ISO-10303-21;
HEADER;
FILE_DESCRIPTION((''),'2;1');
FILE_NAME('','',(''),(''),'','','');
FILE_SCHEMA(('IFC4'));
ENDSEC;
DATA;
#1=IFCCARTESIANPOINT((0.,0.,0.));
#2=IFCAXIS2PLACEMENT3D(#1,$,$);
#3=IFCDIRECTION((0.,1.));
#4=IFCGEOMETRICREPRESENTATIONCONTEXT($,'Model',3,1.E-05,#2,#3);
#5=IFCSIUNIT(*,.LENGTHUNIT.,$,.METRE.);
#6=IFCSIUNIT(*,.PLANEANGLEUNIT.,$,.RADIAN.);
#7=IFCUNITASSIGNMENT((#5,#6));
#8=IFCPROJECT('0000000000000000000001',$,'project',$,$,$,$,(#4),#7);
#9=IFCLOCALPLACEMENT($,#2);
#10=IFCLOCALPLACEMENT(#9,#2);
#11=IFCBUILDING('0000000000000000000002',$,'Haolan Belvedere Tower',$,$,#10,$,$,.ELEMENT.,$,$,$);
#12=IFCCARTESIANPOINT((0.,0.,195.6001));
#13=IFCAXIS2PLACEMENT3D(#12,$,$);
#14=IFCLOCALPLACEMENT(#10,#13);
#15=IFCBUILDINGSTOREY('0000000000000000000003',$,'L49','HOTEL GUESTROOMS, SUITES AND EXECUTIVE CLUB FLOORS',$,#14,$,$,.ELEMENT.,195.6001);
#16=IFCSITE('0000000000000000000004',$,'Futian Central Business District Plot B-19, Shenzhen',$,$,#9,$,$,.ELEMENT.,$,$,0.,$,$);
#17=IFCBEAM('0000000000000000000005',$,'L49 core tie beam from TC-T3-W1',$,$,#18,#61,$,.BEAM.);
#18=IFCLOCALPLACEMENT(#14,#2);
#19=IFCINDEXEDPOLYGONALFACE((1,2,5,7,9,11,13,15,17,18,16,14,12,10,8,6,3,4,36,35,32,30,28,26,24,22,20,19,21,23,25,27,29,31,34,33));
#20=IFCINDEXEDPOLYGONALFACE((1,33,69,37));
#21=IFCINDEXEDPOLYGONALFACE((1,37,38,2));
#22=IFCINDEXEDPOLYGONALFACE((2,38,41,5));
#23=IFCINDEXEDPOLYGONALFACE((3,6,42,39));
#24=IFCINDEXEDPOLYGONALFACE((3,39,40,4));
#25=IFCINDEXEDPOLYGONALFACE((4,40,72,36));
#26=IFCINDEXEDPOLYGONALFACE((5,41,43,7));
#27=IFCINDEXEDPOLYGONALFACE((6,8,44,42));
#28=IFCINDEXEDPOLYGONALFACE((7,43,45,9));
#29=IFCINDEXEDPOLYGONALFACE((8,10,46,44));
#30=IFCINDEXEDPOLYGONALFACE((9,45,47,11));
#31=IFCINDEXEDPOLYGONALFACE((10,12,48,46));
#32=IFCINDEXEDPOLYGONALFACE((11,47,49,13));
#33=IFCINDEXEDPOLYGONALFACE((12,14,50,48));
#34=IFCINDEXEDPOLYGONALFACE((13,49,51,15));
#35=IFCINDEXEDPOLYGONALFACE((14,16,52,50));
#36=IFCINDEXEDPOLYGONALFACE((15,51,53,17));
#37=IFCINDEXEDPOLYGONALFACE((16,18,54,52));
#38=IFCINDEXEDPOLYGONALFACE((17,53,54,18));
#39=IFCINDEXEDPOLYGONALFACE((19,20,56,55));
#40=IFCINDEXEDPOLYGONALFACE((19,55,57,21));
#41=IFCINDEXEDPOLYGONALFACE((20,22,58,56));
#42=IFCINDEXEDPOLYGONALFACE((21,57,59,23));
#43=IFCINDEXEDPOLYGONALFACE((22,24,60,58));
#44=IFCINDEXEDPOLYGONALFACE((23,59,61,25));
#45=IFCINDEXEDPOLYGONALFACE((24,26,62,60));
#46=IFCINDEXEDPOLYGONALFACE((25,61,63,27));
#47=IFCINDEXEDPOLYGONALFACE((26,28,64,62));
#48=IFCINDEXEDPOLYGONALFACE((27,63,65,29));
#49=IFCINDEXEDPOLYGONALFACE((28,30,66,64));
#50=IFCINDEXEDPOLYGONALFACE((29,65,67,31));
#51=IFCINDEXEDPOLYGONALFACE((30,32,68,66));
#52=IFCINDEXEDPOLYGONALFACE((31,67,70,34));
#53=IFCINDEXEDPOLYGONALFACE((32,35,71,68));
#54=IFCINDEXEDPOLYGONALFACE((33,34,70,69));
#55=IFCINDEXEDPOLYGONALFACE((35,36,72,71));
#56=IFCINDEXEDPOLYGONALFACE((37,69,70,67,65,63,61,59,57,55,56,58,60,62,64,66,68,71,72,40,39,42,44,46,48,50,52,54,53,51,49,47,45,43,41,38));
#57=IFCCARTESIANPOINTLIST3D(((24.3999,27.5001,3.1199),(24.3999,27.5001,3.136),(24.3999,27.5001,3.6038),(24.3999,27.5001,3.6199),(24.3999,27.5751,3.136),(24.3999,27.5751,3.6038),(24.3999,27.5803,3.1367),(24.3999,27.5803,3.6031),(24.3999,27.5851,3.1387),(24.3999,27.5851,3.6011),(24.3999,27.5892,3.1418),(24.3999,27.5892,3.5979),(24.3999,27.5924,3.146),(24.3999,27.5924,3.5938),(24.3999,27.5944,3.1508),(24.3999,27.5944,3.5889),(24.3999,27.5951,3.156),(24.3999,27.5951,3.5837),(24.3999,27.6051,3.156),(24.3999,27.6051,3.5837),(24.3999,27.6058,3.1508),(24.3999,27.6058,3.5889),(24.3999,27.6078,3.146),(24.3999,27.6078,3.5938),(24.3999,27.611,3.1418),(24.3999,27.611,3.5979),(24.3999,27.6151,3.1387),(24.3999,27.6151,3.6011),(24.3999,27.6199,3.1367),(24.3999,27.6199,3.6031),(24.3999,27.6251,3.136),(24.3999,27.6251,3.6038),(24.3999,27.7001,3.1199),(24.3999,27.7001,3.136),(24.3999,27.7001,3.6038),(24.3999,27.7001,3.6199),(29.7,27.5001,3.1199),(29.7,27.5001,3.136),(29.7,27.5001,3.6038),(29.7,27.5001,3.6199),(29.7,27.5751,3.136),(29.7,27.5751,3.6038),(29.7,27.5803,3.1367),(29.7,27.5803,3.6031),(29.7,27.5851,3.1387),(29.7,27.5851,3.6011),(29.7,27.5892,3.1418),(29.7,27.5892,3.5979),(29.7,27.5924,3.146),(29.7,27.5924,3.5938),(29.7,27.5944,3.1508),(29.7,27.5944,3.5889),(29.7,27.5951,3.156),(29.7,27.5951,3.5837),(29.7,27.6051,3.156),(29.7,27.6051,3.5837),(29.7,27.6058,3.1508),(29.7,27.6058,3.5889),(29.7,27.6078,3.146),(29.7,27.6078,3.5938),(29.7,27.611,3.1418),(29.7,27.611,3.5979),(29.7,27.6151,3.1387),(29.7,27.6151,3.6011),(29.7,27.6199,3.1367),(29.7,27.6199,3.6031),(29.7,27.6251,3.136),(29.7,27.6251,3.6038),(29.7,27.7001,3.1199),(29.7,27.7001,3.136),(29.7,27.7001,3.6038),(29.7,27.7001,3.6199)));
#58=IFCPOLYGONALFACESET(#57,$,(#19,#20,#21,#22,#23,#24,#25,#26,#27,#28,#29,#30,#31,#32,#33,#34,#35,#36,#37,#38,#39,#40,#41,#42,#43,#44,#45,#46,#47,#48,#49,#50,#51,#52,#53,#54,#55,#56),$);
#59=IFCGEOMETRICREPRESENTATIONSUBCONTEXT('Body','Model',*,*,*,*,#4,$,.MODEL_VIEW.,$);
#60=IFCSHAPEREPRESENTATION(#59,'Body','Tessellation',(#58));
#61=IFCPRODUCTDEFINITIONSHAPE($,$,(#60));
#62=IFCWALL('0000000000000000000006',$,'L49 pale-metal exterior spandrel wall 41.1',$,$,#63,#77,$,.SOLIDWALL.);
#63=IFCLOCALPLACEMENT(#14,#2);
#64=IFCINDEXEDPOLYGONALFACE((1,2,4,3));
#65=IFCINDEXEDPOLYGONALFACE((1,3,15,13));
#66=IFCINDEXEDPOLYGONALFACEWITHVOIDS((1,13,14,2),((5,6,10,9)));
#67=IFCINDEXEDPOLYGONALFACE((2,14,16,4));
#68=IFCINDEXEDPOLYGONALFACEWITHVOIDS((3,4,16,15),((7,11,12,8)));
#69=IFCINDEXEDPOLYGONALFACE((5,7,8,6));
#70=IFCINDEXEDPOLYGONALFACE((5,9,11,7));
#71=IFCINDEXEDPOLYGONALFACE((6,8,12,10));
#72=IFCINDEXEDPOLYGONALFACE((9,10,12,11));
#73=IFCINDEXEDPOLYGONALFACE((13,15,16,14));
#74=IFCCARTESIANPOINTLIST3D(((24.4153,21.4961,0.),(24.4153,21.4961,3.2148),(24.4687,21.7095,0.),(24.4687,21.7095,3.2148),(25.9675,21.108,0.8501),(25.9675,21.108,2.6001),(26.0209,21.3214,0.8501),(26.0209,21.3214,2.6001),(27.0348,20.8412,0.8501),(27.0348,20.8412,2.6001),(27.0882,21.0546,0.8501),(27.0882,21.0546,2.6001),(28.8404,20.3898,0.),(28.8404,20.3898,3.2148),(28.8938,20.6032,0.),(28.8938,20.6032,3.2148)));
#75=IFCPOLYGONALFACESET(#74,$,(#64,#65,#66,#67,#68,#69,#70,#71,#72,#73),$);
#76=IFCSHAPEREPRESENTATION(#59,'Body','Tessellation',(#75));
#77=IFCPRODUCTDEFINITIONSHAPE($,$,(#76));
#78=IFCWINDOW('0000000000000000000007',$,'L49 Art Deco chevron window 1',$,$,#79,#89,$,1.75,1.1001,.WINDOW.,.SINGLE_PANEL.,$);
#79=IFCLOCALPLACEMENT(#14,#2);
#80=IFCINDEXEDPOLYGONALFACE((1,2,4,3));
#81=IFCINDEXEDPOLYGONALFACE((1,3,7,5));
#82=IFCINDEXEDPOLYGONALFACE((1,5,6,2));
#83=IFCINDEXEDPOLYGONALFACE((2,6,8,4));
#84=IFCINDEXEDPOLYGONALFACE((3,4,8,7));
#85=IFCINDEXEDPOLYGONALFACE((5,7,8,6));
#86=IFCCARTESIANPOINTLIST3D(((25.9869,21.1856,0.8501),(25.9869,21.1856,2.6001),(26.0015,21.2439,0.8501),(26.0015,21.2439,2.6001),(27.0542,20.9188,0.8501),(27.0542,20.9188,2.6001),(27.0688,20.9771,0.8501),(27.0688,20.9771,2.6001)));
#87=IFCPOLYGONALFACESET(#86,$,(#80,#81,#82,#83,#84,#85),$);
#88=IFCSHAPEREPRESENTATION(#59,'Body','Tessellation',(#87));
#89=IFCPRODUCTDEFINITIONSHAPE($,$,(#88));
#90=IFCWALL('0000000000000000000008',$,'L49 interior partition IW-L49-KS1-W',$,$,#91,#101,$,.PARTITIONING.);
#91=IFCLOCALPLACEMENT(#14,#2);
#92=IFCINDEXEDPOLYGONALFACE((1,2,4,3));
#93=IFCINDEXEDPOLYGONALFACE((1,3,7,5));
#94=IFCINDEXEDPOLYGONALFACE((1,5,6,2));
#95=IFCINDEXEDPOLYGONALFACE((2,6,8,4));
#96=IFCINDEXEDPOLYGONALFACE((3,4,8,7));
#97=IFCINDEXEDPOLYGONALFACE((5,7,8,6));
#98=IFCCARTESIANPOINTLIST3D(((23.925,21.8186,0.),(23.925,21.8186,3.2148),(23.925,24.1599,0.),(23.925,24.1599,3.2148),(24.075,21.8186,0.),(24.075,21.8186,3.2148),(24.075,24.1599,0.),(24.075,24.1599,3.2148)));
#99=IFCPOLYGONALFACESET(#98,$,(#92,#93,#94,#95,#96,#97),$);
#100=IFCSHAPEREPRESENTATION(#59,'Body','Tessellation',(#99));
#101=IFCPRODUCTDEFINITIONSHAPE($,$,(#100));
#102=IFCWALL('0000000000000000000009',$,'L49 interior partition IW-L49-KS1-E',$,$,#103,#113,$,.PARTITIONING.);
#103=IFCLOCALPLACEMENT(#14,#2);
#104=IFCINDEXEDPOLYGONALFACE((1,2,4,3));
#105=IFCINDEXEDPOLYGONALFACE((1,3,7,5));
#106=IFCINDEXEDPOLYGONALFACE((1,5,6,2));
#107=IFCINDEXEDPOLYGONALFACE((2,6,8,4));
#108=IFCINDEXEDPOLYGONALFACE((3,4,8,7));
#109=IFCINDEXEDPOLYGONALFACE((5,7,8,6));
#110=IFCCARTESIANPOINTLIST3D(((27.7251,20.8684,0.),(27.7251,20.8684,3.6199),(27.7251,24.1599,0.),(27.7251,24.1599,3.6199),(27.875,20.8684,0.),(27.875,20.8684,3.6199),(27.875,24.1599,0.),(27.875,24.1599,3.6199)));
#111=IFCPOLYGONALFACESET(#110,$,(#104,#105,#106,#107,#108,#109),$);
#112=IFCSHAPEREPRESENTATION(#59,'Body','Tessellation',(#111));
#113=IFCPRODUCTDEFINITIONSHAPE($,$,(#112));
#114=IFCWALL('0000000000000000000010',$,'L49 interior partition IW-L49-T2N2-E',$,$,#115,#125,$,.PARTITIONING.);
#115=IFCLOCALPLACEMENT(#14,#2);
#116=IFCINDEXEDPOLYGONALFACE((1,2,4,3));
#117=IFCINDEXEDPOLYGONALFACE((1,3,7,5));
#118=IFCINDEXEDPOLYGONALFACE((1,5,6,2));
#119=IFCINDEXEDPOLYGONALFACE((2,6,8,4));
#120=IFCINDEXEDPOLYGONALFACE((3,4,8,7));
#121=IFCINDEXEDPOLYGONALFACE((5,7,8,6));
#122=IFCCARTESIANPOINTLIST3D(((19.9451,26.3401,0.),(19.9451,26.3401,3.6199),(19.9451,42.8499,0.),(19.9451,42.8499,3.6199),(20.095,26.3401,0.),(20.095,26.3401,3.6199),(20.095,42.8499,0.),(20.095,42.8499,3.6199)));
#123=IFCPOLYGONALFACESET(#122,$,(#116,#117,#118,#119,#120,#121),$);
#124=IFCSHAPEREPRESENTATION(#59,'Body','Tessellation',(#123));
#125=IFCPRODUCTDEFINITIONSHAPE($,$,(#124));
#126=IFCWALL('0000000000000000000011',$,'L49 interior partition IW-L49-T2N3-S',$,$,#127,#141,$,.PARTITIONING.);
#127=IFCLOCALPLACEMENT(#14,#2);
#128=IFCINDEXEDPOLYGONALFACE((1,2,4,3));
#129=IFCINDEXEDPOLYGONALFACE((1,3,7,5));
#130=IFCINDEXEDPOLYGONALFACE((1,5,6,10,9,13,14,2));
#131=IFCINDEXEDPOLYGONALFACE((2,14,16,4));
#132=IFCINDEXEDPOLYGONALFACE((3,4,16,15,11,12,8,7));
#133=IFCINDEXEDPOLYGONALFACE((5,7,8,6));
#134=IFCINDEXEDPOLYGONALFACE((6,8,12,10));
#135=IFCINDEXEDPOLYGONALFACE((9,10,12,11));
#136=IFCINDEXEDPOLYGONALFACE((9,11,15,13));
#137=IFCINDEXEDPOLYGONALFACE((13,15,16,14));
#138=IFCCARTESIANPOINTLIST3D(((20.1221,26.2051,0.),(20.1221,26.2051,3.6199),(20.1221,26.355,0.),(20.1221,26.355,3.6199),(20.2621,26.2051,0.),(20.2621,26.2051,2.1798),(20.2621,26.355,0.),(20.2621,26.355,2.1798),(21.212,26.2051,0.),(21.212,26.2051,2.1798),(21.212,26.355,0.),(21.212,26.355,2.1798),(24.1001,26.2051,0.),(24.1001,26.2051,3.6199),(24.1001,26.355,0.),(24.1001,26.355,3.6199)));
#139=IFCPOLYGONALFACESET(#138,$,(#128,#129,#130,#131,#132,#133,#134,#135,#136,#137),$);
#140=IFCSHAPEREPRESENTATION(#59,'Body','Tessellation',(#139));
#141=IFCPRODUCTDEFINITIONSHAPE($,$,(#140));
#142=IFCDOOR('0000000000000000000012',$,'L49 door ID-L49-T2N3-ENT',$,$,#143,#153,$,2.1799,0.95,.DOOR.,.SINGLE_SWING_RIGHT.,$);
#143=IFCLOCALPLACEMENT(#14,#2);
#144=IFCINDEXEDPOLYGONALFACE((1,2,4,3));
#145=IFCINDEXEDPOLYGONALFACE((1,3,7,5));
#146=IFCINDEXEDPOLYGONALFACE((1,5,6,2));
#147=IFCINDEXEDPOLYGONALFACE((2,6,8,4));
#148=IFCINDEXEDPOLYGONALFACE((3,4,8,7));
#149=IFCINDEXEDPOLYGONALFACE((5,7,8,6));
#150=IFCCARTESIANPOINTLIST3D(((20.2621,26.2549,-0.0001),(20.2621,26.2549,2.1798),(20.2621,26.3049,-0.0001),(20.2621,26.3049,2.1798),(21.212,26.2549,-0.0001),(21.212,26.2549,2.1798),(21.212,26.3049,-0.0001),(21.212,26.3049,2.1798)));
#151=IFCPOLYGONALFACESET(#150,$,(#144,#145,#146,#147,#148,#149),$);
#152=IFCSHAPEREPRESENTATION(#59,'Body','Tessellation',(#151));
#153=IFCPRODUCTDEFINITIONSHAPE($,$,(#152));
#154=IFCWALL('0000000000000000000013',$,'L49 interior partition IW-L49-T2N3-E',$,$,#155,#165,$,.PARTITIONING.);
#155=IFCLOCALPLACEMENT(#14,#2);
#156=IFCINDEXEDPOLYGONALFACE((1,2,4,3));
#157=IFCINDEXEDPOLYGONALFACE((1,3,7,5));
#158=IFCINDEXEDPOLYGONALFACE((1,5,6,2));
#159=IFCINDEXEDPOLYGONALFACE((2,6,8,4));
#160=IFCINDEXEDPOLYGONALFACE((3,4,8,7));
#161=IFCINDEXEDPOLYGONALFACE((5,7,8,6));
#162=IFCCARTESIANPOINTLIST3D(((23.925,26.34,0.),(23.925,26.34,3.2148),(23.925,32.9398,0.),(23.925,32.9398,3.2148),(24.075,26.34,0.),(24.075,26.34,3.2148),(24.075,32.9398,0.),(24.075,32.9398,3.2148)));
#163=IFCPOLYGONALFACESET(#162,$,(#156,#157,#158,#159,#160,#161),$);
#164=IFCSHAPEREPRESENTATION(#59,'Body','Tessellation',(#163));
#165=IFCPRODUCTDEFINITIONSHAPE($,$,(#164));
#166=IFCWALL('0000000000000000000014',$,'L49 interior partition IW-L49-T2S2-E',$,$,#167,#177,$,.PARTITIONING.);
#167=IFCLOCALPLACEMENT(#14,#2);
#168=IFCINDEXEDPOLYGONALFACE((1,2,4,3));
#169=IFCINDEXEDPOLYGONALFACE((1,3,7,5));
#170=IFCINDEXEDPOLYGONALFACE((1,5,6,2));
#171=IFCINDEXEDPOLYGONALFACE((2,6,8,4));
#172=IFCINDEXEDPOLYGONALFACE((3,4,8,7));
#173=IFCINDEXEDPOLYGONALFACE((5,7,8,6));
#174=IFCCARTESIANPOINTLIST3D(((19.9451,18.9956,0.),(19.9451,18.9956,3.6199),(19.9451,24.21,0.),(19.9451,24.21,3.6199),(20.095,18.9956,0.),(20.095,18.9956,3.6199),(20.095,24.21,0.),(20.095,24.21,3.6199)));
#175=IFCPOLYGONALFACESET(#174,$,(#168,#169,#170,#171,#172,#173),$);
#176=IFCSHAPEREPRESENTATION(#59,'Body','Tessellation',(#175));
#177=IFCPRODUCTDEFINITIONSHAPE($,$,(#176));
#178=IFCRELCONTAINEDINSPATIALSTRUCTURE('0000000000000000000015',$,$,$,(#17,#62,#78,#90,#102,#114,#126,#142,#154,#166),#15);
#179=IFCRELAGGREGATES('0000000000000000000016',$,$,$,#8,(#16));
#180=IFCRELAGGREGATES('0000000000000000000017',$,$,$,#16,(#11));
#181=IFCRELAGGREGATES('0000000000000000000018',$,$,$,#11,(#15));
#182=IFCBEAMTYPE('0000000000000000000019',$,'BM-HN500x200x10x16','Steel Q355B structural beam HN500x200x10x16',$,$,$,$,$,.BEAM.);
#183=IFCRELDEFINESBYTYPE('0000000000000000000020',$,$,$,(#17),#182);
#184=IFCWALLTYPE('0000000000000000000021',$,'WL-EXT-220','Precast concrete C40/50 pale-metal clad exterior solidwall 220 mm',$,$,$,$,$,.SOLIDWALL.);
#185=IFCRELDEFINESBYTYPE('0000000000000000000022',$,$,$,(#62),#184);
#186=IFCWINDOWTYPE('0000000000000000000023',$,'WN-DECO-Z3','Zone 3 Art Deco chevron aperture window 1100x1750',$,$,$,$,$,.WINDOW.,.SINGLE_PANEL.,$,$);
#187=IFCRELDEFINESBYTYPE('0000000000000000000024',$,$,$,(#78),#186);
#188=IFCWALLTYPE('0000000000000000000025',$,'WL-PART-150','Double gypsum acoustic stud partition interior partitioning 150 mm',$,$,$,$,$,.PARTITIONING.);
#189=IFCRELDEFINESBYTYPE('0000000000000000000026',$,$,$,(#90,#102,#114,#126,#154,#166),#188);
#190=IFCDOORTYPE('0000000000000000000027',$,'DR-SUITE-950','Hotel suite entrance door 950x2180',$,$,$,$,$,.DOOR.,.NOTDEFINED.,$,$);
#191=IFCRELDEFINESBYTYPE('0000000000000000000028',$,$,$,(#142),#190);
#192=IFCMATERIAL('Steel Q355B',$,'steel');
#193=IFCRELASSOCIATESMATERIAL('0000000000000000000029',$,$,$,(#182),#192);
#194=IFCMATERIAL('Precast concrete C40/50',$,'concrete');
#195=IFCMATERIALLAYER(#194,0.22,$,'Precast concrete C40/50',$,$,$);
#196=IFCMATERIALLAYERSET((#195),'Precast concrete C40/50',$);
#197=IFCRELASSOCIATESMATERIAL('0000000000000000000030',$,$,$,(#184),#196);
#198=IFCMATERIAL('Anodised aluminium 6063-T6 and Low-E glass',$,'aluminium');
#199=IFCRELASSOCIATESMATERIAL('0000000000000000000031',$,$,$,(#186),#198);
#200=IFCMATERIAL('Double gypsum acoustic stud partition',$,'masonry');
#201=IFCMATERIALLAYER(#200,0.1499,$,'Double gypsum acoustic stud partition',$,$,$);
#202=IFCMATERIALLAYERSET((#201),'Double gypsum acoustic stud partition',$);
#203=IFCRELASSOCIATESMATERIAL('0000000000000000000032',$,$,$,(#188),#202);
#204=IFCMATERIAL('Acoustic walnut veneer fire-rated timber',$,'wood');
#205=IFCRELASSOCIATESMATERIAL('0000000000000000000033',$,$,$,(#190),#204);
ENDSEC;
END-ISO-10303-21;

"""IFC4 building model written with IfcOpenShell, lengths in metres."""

from ifc_helpers import new_model, si_unit, direction, frame, frame_2d, origin, origin_2d, place, context, subcontext, project, spatial, rectangle, i_section, extrude, material, layer, layer_set, material_profile, profile_set, type_object, element, fill, save


model = new_model("IFC4")

# Units and contexts
model_context = context("Model", 3, precision=1e-05, world=origin(), true_north=direction((0.0, 1.0)))
body_context = subcontext(model_context, "Body", "Model", "MODEL_VIEW")
ifc_project = project(units=[si_unit("LENGTHUNIT", "METRE"), si_unit("PLANEANGLEUNIT", "RADIAN")], contexts=[model_context])

# Site, building, storey
site_placement = place(None, origin())
site = spatial("IfcSite", under=ifc_project, at=site_placement, Name="Futian Central Business District Plot B-19, Shenzhen", CompositionType="ELEMENT", RefElevation=0.0)
building_placement = place(site_placement, origin())
building = spatial("IfcBuilding", under=site, at=building_placement, Name="Haolan Belvedere Tower", CompositionType="ELEMENT")
storey_placement = place(building_placement, frame((0.0, 0.0, 195.6001)))
storey = spatial("IfcBuildingStorey", under=building, at=storey_placement, Name="L49", Description="HOTEL GUESTROOMS, SUITES AND EXECUTIVE CLUB FLOORS", CompositionType="ELEMENT", Elevation=195.6001)

# Beam
ifc_material_1 = material(Name="Steel Q355B", Category="steel")
ifc_material_profile_1 = material_profile(ifc_material_1, i_section(OverallWidth=0.2, OverallDepth=0.5, WebThickness=0.01, FlangeThickness=0.0161, FilletRadius=0.02, at=origin_2d()), Name="Steel Q355B")
ifc_profile_set_1 = profile_set([ifc_material_profile_1], Name="Steel Q355B")
beam_type_1 = type_object("IfcBeamType", Name="BM-HN500x200x10x16", Description="Steel Q355B structural beam HN500x200x10x16", PredefinedType="BEAM", material=ifc_profile_set_1)
beam_1_placement = place(storey_placement, frame((24.3999, 27.6001, 3.3699), z_axis=(1.0, 0.0, 0.0), x_axis=(0.0, 1.0, 0.0)))
element("IfcBeam", 1, at=beam_1_placement, inside=storey, type_object=beam_type_1, Name="L49 core tie beam from TC-T3-W1", PredefinedType="BEAM", context=body_context, shape_type="SweptSolid", body=[
    extrude(i_section(OverallWidth=0.2, OverallDepth=0.5, WebThickness=0.01, FlangeThickness=0.0161, FilletRadius=0.02, at=origin_2d()), origin(), (0.0, 0.0, 1.0), 5.3),
])

# Wall, opening, window
ifc_material_2 = material(Name="Precast concrete C40/50", Category="concrete")
ifc_layer_1 = layer(ifc_material_2, 0.22, Name="Precast concrete C40/50")
ifc_layer_set_1 = layer_set([ifc_layer_1], Name="Precast concrete C40/50")
wall_type_1 = type_object("IfcWallType", Name="WL-EXT-220", Description="Precast concrete C40/50 pale-metal clad exterior solidwall 220 mm", PredefinedType="SOLIDWALL", material=ifc_layer_set_1)
wall_1_placement = place(storey_placement, frame((24.4419, 21.6028, 0.0), z_axis=(0.0, 0.0, 1.0), x_axis=(0.970146, -0.242523, 0.0)))
wall_1 = element("IfcWall", 2, at=wall_1_placement, inside=storey, type_object=wall_type_1, Name="L49 pale-metal exterior spandrel wall 41.1", PredefinedType="SOLIDWALL", context=body_context, shape_type="SweptSolid", body=[
    extrude(rectangle(XDim=4.5613, YDim=0.22, at=frame_2d((2.2808, 0.0))), origin(), (0.0, 0.0, 1.0), 3.2148),
])
opening_1_placement = place(wall_1_placement, frame((1.6001, 0.0, 0.8501)))
opening_1 = element("IfcOpeningElement", 3, at=opening_1_placement, cuts=wall_1, PredefinedType="OPENING", context=body_context, shape_type="SweptSolid", body=[
    extrude(rectangle(XDim=1.1001, YDim=1.75, at=frame_2d((0.55, 0.875))), frame((0.0, 0.1199, 0.0), z_axis=(0.0, -1.0, 0.0), x_axis=(1.0, 0.0, 0.0)), (0.0, 0.0, 1.0), 0.24),
])
ifc_material_3 = material(Name="Anodised aluminium 6063-T6 and Low-E glass", Category="aluminium")
window_type = type_object("IfcWindowType", Name="WN-DECO-Z3", Description="Zone 3 Art Deco chevron aperture window 1100x1750", PartitioningType="SINGLE_PANEL", PredefinedType="WINDOW", material=ifc_material_3)
window_placement = place(opening_1_placement, origin())
window = element("IfcWindow", 4, at=window_placement, inside=storey, type_object=window_type, Name="L49 Art Deco chevron window 1", OverallHeight=1.75, OverallWidth=1.1001, PartitioningType="SINGLE_PANEL", PredefinedType="WINDOW", context=body_context, shape_type="SweptSolid", body=[
    extrude(rectangle(XDim=1.1001, YDim=1.75, at=frame_2d((0.55, 0.875))), frame((0.0, 0.03, 0.0), z_axis=(0.0, -1.0, 0.0), x_axis=(1.0, 0.0, 0.0)), (0.0, 0.0, 1.0), 0.0601),
])
fill(opening_1, window)

# Shared definitions
ifc_material_4 = material(Name="Double gypsum acoustic stud partition", Category="masonry")
ifc_layer_2 = layer(ifc_material_4, 0.1499, Name="Double gypsum acoustic stud partition")
ifc_layer_set_2 = layer_set([ifc_layer_2], Name="Double gypsum acoustic stud partition")
wall_type_2 = type_object("IfcWallType", Name="WL-PART-150", Description="Double gypsum acoustic stud partition interior partitioning 150 mm", PredefinedType="PARTITIONING", material=ifc_layer_set_2)

# Walls
wall_2_placement = place(storey_placement, frame((24.0, 21.8186, 0.0), z_axis=(0.0, 0.0, 1.0), x_axis=(0.0, 1.0, 0.0)))
element("IfcWall", 5, at=wall_2_placement, inside=storey, type_object=wall_type_2, Name="L49 interior partition IW-L49-KS1-W", PredefinedType="PARTITIONING", context=body_context, shape_type="SweptSolid", body=[
    extrude(rectangle(XDim=2.3413, YDim=0.1499, at=frame_2d((1.1707, 0.0))), origin(), (0.0, 0.0, 1.0), 3.2148),
])
wall_3_placement = place(storey_placement, frame((27.8, 20.8684, 0.0), z_axis=(0.0, 0.0, 1.0), x_axis=(0.0, 1.0, 0.0)))
element("IfcWall", 6, at=wall_3_placement, inside=storey, type_object=wall_type_2, Name="L49 interior partition IW-L49-KS1-E", PredefinedType="PARTITIONING", context=body_context, shape_type="SweptSolid", body=[
    extrude(rectangle(XDim=3.2915, YDim=0.1499, at=frame_2d((1.6458, 0.0))), origin(), (0.0, 0.0, 1.0), 3.6199),
])
wall_4_placement = place(storey_placement, frame((20.02, 26.3401, 0.0), z_axis=(0.0, 0.0, 1.0), x_axis=(0.0, 1.0, 0.0)))
element("IfcWall", 7, at=wall_4_placement, inside=storey, type_object=wall_type_2, Name="L49 interior partition IW-L49-T2N2-E", PredefinedType="PARTITIONING", context=body_context, shape_type="SweptSolid", body=[
    extrude(rectangle(XDim=16.5098, YDim=0.1499, at=frame_2d((8.2549, 0.0))), origin(), (0.0, 0.0, 1.0), 3.6199),
])

# Wall, opening, door
wall_5_placement = place(storey_placement, frame((20.1221, 26.28, 0.0), z_axis=(0.0, 0.0, 1.0), x_axis=(1.0, 0.0, 0.0)))
wall_5 = element("IfcWall", 8, at=wall_5_placement, inside=storey, type_object=wall_type_2, Name="L49 interior partition IW-L49-T2N3-S", PredefinedType="PARTITIONING", context=body_context, shape_type="SweptSolid", body=[
    extrude(rectangle(XDim=3.978, YDim=0.1499, at=frame_2d((1.989, 0.0))), origin(), (0.0, 0.0, 1.0), 3.6199),
])
opening_2_placement = place(wall_5_placement, frame((0.1399, 0.0, 0.0)))
opening_2 = element("IfcOpeningElement", 9, at=opening_2_placement, cuts=wall_5, PredefinedType="OPENING", context=body_context, shape_type="SweptSolid", body=[
    extrude(rectangle(XDim=0.95, YDim=2.1799, at=frame_2d((0.4751, 1.0898))), frame((0.0, 0.085, 0.0), z_axis=(0.0, -1.0, 0.0), x_axis=(1.0, 0.0, 0.0)), (0.0, 0.0, 1.0), 0.1699),
])
ifc_material_5 = material(Name="Acoustic walnut veneer fire-rated timber", Category="wood")
door_type_1 = type_object("IfcDoorType", Name="DR-SUITE-950", Description="Hotel suite entrance door 950x2180", OperationType="NOTDEFINED", PredefinedType="DOOR", material=ifc_material_5)
door_1_placement = place(opening_2_placement, origin())
door_1 = element("IfcDoor", 10, at=door_1_placement, inside=storey, type_object=door_type_1, Name="L49 door ID-L49-T2N3-ENT", OperationType="SINGLE_SWING_RIGHT", OverallHeight=2.1799, OverallWidth=0.95, PredefinedType="DOOR", context=body_context, shape_type="SweptSolid", body=[
    extrude(rectangle(XDim=0.95, YDim=2.1799, at=frame_2d((0.4751, 1.0898))), frame((0.0, 0.0249, 0.0), z_axis=(0.0, -1.0, 0.0), x_axis=(1.0, 0.0, 0.0)), (0.0, 0.0, 1.0), 0.05),
])
fill(opening_2, door_1)

# Walls
wall_6_placement = place(storey_placement, frame((24.0, 26.3401, 0.0), z_axis=(0.0, 0.0, 1.0), x_axis=(0.0, 1.0, 0.0)))
element("IfcWall", 11, at=wall_6_placement, inside=storey, type_object=wall_type_2, Name="L49 interior partition IW-L49-T2N3-E", PredefinedType="PARTITIONING", context=body_context, shape_type="SweptSolid", body=[
    extrude(rectangle(XDim=6.5999, YDim=0.1499, at=frame_2d((3.2998, 0.0))), origin(), (0.0, 0.0, 1.0), 3.2148),
])
wall_7_placement = place(storey_placement, frame((20.02, 18.9956, 0.0), z_axis=(0.0, 0.0, 1.0), x_axis=(0.0, 1.0, 0.0)))
element("IfcWall", 12, at=wall_7_placement, inside=storey, type_object=wall_type_2, Name="L49 interior partition IW-L49-T2S2-E", PredefinedType="PARTITIONING", context=body_context, shape_type="SweptSolid", body=[
    extrude(rectangle(XDim=5.2144, YDim=0.1499, at=frame_2d((2.6072, 0.0))), origin(), (0.0, 0.0, 1.0), 3.6199),
])

save(model, "model.ifc")
